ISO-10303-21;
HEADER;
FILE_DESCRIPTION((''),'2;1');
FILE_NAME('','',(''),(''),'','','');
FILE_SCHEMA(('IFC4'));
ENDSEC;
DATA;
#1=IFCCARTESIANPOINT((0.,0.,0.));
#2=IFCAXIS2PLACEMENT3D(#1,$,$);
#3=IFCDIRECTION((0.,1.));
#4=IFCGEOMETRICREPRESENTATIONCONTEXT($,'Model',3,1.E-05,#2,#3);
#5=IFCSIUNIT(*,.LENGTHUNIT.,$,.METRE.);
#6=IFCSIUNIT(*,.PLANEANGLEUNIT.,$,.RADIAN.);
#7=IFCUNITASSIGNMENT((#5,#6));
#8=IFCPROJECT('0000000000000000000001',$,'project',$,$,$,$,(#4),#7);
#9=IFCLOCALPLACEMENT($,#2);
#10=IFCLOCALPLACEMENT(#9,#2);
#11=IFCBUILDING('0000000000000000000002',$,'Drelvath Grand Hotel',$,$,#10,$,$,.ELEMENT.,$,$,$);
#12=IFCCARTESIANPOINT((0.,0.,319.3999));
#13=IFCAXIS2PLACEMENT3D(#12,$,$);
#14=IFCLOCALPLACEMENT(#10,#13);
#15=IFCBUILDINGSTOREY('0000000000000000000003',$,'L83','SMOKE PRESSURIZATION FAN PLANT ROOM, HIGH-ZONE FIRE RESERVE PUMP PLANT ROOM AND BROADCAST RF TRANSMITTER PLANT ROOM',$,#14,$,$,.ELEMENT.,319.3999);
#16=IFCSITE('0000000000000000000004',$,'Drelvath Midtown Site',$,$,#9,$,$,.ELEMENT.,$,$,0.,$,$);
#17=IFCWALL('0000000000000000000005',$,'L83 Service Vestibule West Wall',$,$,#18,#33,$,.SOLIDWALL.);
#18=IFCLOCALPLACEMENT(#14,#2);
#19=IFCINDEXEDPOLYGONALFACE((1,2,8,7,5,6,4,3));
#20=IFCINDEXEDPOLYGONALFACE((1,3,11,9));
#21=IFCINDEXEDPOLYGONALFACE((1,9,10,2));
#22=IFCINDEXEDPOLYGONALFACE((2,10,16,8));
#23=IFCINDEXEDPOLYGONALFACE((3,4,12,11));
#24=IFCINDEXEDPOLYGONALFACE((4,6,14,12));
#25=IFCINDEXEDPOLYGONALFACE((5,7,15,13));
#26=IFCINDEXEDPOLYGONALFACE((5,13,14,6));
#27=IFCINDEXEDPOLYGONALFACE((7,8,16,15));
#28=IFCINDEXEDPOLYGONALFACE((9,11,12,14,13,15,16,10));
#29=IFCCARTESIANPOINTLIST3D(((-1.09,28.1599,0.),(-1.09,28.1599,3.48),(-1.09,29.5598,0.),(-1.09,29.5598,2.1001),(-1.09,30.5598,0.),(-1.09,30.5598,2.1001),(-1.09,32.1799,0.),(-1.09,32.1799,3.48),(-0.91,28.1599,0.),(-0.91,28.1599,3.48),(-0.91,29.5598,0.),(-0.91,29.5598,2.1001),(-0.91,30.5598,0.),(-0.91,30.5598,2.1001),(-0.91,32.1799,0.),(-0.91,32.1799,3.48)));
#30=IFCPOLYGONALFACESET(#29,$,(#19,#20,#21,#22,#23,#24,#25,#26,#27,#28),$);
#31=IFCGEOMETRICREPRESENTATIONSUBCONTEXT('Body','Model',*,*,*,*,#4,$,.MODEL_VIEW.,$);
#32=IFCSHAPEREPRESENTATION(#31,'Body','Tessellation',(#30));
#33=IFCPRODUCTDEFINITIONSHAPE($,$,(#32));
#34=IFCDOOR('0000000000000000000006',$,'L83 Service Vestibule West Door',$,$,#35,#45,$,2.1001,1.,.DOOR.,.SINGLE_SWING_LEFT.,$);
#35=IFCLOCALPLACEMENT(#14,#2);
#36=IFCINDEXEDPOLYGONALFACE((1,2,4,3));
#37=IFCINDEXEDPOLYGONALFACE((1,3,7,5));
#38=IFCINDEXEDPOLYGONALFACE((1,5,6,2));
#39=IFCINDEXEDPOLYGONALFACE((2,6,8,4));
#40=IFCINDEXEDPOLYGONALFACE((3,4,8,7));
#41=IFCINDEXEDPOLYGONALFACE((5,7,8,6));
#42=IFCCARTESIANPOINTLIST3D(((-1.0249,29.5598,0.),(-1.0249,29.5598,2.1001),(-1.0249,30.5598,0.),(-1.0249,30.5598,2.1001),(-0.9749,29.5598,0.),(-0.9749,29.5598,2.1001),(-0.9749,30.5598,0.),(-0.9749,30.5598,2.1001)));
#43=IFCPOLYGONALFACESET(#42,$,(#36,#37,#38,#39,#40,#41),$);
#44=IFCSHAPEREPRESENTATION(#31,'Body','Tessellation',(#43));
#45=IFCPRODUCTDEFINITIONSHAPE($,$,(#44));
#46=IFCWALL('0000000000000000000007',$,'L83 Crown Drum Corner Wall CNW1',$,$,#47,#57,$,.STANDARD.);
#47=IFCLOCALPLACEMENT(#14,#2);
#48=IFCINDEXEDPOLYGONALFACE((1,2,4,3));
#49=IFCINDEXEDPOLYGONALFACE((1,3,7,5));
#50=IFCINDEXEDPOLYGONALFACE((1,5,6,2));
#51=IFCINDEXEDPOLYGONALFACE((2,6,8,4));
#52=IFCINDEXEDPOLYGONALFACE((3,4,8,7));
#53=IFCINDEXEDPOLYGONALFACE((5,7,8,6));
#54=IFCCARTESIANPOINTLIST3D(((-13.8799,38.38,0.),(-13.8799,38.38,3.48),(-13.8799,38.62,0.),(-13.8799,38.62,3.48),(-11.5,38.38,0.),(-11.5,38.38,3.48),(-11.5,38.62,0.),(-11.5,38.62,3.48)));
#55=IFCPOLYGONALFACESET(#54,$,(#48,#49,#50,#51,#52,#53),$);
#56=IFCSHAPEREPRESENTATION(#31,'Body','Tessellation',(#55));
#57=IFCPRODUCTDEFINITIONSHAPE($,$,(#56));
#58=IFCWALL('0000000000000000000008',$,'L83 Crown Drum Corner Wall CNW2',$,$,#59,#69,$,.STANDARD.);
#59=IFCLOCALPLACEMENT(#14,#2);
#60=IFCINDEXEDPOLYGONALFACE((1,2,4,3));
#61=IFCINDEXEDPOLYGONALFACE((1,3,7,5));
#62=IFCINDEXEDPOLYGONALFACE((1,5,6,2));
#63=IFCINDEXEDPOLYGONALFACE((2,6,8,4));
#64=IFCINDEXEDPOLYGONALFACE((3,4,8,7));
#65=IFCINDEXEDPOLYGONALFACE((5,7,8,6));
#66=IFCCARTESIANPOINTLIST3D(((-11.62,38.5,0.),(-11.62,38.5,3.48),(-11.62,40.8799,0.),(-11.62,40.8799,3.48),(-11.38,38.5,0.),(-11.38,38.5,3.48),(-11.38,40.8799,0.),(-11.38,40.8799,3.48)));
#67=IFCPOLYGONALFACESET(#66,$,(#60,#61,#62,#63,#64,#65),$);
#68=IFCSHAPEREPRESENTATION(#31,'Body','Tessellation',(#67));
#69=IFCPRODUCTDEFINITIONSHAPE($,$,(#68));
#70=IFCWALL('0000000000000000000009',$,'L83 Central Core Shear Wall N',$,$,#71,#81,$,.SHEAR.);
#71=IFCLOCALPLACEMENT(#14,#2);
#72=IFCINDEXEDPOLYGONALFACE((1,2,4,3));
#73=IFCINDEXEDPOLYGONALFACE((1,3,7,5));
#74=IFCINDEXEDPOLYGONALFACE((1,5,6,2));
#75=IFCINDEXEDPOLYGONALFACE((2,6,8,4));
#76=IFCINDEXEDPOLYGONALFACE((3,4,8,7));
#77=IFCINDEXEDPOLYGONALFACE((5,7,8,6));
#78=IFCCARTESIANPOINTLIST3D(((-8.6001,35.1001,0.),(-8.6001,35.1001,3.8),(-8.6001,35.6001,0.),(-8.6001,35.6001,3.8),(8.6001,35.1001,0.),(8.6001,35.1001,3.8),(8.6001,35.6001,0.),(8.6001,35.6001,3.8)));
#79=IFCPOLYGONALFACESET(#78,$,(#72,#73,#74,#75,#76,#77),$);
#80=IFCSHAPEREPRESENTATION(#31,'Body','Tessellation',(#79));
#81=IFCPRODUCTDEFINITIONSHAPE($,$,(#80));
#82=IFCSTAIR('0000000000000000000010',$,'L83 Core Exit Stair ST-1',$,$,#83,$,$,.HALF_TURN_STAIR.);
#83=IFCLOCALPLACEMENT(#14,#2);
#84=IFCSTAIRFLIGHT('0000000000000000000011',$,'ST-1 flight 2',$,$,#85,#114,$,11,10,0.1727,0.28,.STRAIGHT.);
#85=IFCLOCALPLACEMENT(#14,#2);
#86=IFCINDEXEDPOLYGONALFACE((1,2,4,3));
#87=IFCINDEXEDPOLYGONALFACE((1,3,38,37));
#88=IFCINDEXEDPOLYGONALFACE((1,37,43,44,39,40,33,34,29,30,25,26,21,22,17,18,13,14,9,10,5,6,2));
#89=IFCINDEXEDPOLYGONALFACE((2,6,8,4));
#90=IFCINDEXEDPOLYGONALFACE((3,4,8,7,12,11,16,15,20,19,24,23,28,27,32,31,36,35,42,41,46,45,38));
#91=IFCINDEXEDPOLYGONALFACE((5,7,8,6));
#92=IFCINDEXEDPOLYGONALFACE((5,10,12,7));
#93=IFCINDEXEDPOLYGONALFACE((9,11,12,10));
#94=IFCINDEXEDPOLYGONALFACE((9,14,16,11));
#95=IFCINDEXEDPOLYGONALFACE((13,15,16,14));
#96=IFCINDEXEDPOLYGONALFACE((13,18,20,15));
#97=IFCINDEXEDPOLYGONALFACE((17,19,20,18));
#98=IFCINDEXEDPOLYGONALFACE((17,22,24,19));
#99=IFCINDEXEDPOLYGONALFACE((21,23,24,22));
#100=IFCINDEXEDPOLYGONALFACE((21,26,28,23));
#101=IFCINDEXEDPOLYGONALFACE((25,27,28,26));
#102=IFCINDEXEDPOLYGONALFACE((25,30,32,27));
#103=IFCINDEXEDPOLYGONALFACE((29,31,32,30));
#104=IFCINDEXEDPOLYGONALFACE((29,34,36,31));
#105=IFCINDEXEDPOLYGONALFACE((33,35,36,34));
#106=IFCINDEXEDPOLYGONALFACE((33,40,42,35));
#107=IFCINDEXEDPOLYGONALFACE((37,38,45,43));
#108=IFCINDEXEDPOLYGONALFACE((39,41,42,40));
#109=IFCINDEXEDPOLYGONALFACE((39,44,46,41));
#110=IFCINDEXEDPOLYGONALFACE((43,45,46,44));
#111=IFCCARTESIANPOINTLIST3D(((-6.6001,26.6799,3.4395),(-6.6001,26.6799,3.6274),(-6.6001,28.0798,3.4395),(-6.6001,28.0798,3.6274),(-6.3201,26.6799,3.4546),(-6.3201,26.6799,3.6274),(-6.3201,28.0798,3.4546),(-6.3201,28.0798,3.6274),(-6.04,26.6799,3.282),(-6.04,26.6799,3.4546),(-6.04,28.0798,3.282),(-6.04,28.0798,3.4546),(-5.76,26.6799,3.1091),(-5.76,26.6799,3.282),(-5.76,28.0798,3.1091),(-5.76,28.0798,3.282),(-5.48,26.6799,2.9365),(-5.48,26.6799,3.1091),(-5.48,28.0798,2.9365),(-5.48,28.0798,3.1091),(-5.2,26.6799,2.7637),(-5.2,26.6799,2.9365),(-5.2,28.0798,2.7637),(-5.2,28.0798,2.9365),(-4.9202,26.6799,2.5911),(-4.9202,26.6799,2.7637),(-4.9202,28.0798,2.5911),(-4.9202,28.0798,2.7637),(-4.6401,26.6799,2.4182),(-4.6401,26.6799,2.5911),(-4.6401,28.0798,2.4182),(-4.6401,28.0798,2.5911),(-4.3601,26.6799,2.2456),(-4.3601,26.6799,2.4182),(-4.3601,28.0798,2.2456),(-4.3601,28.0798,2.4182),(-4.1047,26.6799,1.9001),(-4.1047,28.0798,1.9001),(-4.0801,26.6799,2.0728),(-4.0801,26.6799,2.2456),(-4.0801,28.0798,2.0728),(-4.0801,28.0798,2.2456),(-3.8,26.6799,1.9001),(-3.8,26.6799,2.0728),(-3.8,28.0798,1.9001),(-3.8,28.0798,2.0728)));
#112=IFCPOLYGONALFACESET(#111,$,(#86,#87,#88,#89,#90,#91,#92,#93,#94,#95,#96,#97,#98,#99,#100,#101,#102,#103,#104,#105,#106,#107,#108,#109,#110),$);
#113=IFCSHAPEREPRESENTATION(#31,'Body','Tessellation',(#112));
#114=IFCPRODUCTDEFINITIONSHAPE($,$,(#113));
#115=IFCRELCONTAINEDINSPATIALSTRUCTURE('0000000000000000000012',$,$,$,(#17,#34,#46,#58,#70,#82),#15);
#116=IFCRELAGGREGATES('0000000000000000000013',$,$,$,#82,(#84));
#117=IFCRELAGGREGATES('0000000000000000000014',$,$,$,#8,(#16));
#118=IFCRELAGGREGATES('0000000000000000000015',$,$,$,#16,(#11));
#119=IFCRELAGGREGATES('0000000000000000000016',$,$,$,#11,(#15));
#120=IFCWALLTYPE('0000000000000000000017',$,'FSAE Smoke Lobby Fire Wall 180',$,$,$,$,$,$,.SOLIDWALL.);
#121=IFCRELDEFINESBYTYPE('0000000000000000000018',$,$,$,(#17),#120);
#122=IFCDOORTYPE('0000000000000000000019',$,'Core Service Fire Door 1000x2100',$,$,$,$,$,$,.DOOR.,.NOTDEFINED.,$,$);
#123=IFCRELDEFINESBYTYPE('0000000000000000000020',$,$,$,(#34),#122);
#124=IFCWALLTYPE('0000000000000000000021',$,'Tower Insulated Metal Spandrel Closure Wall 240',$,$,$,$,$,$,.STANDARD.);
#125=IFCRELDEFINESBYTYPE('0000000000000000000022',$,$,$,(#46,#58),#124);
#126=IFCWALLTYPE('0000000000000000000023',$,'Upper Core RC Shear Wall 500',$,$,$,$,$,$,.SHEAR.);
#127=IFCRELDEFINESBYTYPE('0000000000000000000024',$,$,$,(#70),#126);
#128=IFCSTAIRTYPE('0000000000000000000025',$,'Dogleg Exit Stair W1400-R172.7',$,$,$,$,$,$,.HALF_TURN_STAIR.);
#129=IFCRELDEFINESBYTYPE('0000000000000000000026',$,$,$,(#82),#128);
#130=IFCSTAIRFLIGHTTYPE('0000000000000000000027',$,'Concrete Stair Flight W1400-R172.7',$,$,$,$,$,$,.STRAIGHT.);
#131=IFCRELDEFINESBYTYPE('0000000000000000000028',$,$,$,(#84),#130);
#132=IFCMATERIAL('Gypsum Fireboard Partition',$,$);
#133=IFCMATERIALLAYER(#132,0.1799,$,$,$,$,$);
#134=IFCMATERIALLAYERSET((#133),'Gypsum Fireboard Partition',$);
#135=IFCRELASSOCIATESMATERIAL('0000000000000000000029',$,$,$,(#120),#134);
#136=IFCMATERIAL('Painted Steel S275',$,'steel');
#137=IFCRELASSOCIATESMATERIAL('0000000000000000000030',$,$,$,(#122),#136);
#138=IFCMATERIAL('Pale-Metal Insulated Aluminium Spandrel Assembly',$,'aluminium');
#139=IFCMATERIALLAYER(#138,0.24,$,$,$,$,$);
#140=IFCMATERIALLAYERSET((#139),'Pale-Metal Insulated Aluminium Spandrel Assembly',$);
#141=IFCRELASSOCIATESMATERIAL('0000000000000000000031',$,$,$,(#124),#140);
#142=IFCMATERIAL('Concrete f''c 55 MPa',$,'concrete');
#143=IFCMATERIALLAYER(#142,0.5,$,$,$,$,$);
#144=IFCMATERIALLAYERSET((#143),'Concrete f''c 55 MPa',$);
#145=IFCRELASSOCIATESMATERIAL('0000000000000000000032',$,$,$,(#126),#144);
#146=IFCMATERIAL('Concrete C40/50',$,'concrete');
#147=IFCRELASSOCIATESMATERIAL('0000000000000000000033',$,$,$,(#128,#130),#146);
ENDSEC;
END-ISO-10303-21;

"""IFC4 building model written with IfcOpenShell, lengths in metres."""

from ifc_helpers import new_model, si_unit, direction, frame, frame_2d, origin, place, context, subcontext, project, spatial, polyline, rectangle, outline, extrude, material, layer, layer_set, type_object, element, fill, aggregate, save


model = new_model("IFC4")

# Units and contexts
model_context = context("Model", 3, precision=1e-05, world=origin(), true_north=direction((0.0, 1.0)))
body_context = subcontext(model_context, "Body", "Model", "MODEL_VIEW")
ifc_project = project(units=[si_unit("LENGTHUNIT", "METRE"), si_unit("PLANEANGLEUNIT", "RADIAN")], contexts=[model_context])

# Site, building, storey
site_placement = place(None, origin())
site = spatial("IfcSite", under=ifc_project, at=site_placement, Name="Drelvath Midtown Site", CompositionType="ELEMENT", RefElevation=0.0)
building_placement = place(site_placement, origin())
building = spatial("IfcBuilding", under=site, at=building_placement, Name="Drelvath Grand Hotel", CompositionType="ELEMENT")
storey_placement = place(building_placement, frame((0.0, 0.0, 319.3999)))
storey = spatial("IfcBuildingStorey", under=building, at=storey_placement, Name="L83", Description="SMOKE PRESSURIZATION FAN PLANT ROOM, HIGH-ZONE FIRE RESERVE PUMP PLANT ROOM AND BROADCAST RF TRANSMITTER PLANT ROOM", CompositionType="ELEMENT", Elevation=319.3999)

# Shared definitions
ifc_material_1 = material(Name="Concrete f'c 55 MPa", Category="concrete")

# Shared definitions
ifc_material_2 = material(Name="Concrete C40/50", Category="concrete")

# Shared definitions
ifc_material_3 = material(Name="Gypsum Fireboard Partition")
ifc_material_4 = material(Name="Painted Steel S275", Category="steel")

# Wall, opening, door
ifc_layer_1 = layer(ifc_material_3, 0.1799)
ifc_layer_set_1 = layer_set([ifc_layer_1], Name="Gypsum Fireboard Partition")
wall_type_1 = type_object("IfcWallType", Name="FSAE Smoke Lobby Fire Wall 180", PredefinedType="SOLIDWALL", material=ifc_layer_set_1)
wall_1_placement = place(storey_placement, frame((-1.0, 28.1599, 0.0), z_axis=(0.0, 0.0, 1.0), x_axis=(0.0, 1.0, 0.0)))
wall_1 = element("IfcWall", 1, at=wall_1_placement, inside=storey, type_object=wall_type_1, Name="L83 Service Vestibule West Wall", PredefinedType="SOLIDWALL", context=body_context, shape_type="SweptSolid", body=[
    extrude(rectangle(XDim=4.02, YDim=0.1799, at=frame_2d((2.01, 0.0))), origin(), (0.0, 0.0, 1.0), 3.48),
])
opening_1_placement = place(wall_1_placement, frame((1.3999, 0.0, 0.0)))
opening_1 = element("IfcOpeningElement", 2, at=opening_1_placement, cuts=wall_1, PredefinedType="OPENING", context=body_context, shape_type="SweptSolid", body=[
    extrude(rectangle(XDim=1.0, YDim=2.1001, at=frame_2d((0.5, 1.05))), frame((0.0, 0.0999, 0.0), z_axis=(0.0, -1.0, 0.0), x_axis=(1.0, 0.0, 0.0)), (0.0, 0.0, 1.0), 0.2),
])
door_type_1 = type_object("IfcDoorType", Name="Core Service Fire Door 1000x2100", OperationType="NOTDEFINED", PredefinedType="DOOR", material=ifc_material_4)
door_1_placement = place(opening_1_placement, origin())
door_1 = element("IfcDoor", 3, at=door_1_placement, inside=storey, type_object=door_type_1, Name="L83 Service Vestibule West Door", OperationType="SINGLE_SWING_LEFT", OverallHeight=2.1001, OverallWidth=1.0, PredefinedType="DOOR", context=body_context, shape_type="SweptSolid", body=[
    extrude(rectangle(XDim=1.0, YDim=2.1001, at=frame_2d((0.5, 1.05))), frame((0.0, 0.0249, 0.0), z_axis=(0.0, -1.0, 0.0), x_axis=(1.0, 0.0, 0.0)), (0.0, 0.0, 1.0), 0.05),
])
fill(opening_1, door_1)

# Walls
ifc_material_5 = material(Name="Pale-Metal Insulated Aluminium Spandrel Assembly", Category="aluminium")
ifc_layer_2 = layer(ifc_material_5, 0.24)
ifc_layer_set_2 = layer_set([ifc_layer_2], Name="Pale-Metal Insulated Aluminium Spandrel Assembly")
wall_type_2 = type_object("IfcWallType", Name="Tower Insulated Metal Spandrel Closure Wall 240", PredefinedType="STANDARD", material=ifc_layer_set_2)
for number, where, z_axis, x_axis, name in (
    (4, (-13.8799, 38.5, 0.0), (0.0, 0.0, 1.0), (1.0, 0.0, 0.0), "L83 Crown Drum Corner Wall CNW1"),
    (5, (-11.5, 38.5, 0.0), (0.0, 0.0, 1.0), (0.0, 1.0, 0.0), "L83 Crown Drum Corner Wall CNW2"),
):
    element("IfcWall", number, at=place(storey_placement, frame(where, z_axis=z_axis, x_axis=x_axis)), inside=storey, type_object=wall_type_2, Name=name, PredefinedType="STANDARD", context=body_context, shape_type="SweptSolid", body=[
        extrude(rectangle(XDim=2.3799, YDim=0.24, at=frame_2d((1.1899, 0.0))), origin(), (0.0, 0.0, 1.0), 3.48),
    ])
ifc_layer_3 = layer(ifc_material_1, 0.5)
ifc_layer_set_3 = layer_set([ifc_layer_3], Name="Concrete f'c 55 MPa")
wall_type_3 = type_object("IfcWallType", Name="Upper Core RC Shear Wall 500", PredefinedType="SHEAR", material=ifc_layer_set_3)
wall_2_placement = place(storey_placement, frame((-8.6001, 35.3501, 0.0), z_axis=(0.0, 0.0, 1.0), x_axis=(1.0, 0.0, 0.0)))
element("IfcWall", 6, at=wall_2_placement, inside=storey, type_object=wall_type_3, Name="L83 Central Core Shear Wall N", PredefinedType="SHEAR", context=body_context, shape_type="SweptSolid", body=[
    extrude(rectangle(XDim=17.2002, YDim=0.5, at=frame_2d((8.6001, 0.0))), origin(), (0.0, 0.0, 1.0), 3.8),
])

# Stair, stair flight
stair_type = type_object("IfcStairType", Name="Dogleg Exit Stair W1400-R172.7", PredefinedType="HALF_TURN_STAIR", material=ifc_material_2)
stair_placement = place(storey_placement, origin())
stair = element("IfcStair", 7, at=stair_placement, inside=storey, type_object=stair_type, Name="L83 Core Exit Stair ST-1", PredefinedType="HALF_TURN_STAIR")
stair_flight_type = type_object("IfcStairFlightType", Name="Concrete Stair Flight W1400-R172.7", PredefinedType="STRAIGHT", material=ifc_material_2)
stair_flight_placement = place(storey_placement, frame((-3.8, 27.3799, 1.9001), z_axis=(0.0, 0.0, 1.0), x_axis=(-1.0, 0.0, 0.0)))
stair_flight = element("IfcStairFlight", 8, at=stair_flight_placement, type_object=stair_flight_type, Name="ST-1 flight 2", NumberOfRisers=11, NumberOfTreads=10, PredefinedType="STRAIGHT", RiserHeight=0.1727, TreadLength=0.28, context=body_context, shape_type="SweptSolid", body=[
    extrude(outline(polyline([(0.0, 0.0), (0.0, 0.1726), (0.28, 0.1726), (0.28, 0.3455), (0.5601, 0.3455), (0.5601, 0.5181), (0.8401, 0.5181), (0.8401, 0.6909), (1.1201, 0.6909), (1.1201, 0.8635), (1.3999, 0.8635), (1.3999, 1.0364), (1.6799, 1.0364), (1.6799, 1.209), (1.96, 1.209), (1.96, 1.3818), (2.24, 1.3818), (2.24, 1.5544), (2.52, 1.5544), (2.52, 1.7273), (2.8, 1.7273), (2.8, 1.8999), (2.8, 1.5393), (0.3047, 0.0), (0.0, 0.0)])), frame((0.0, 0.7, 0.0), z_axis=(0.0, -1.0, 0.0), x_axis=(1.0, 0.0, 0.0)), (0.0, 0.0, 1.0), 1.3999),
])
aggregate(stair, [stair_flight])

save(model, "model.ifc")
